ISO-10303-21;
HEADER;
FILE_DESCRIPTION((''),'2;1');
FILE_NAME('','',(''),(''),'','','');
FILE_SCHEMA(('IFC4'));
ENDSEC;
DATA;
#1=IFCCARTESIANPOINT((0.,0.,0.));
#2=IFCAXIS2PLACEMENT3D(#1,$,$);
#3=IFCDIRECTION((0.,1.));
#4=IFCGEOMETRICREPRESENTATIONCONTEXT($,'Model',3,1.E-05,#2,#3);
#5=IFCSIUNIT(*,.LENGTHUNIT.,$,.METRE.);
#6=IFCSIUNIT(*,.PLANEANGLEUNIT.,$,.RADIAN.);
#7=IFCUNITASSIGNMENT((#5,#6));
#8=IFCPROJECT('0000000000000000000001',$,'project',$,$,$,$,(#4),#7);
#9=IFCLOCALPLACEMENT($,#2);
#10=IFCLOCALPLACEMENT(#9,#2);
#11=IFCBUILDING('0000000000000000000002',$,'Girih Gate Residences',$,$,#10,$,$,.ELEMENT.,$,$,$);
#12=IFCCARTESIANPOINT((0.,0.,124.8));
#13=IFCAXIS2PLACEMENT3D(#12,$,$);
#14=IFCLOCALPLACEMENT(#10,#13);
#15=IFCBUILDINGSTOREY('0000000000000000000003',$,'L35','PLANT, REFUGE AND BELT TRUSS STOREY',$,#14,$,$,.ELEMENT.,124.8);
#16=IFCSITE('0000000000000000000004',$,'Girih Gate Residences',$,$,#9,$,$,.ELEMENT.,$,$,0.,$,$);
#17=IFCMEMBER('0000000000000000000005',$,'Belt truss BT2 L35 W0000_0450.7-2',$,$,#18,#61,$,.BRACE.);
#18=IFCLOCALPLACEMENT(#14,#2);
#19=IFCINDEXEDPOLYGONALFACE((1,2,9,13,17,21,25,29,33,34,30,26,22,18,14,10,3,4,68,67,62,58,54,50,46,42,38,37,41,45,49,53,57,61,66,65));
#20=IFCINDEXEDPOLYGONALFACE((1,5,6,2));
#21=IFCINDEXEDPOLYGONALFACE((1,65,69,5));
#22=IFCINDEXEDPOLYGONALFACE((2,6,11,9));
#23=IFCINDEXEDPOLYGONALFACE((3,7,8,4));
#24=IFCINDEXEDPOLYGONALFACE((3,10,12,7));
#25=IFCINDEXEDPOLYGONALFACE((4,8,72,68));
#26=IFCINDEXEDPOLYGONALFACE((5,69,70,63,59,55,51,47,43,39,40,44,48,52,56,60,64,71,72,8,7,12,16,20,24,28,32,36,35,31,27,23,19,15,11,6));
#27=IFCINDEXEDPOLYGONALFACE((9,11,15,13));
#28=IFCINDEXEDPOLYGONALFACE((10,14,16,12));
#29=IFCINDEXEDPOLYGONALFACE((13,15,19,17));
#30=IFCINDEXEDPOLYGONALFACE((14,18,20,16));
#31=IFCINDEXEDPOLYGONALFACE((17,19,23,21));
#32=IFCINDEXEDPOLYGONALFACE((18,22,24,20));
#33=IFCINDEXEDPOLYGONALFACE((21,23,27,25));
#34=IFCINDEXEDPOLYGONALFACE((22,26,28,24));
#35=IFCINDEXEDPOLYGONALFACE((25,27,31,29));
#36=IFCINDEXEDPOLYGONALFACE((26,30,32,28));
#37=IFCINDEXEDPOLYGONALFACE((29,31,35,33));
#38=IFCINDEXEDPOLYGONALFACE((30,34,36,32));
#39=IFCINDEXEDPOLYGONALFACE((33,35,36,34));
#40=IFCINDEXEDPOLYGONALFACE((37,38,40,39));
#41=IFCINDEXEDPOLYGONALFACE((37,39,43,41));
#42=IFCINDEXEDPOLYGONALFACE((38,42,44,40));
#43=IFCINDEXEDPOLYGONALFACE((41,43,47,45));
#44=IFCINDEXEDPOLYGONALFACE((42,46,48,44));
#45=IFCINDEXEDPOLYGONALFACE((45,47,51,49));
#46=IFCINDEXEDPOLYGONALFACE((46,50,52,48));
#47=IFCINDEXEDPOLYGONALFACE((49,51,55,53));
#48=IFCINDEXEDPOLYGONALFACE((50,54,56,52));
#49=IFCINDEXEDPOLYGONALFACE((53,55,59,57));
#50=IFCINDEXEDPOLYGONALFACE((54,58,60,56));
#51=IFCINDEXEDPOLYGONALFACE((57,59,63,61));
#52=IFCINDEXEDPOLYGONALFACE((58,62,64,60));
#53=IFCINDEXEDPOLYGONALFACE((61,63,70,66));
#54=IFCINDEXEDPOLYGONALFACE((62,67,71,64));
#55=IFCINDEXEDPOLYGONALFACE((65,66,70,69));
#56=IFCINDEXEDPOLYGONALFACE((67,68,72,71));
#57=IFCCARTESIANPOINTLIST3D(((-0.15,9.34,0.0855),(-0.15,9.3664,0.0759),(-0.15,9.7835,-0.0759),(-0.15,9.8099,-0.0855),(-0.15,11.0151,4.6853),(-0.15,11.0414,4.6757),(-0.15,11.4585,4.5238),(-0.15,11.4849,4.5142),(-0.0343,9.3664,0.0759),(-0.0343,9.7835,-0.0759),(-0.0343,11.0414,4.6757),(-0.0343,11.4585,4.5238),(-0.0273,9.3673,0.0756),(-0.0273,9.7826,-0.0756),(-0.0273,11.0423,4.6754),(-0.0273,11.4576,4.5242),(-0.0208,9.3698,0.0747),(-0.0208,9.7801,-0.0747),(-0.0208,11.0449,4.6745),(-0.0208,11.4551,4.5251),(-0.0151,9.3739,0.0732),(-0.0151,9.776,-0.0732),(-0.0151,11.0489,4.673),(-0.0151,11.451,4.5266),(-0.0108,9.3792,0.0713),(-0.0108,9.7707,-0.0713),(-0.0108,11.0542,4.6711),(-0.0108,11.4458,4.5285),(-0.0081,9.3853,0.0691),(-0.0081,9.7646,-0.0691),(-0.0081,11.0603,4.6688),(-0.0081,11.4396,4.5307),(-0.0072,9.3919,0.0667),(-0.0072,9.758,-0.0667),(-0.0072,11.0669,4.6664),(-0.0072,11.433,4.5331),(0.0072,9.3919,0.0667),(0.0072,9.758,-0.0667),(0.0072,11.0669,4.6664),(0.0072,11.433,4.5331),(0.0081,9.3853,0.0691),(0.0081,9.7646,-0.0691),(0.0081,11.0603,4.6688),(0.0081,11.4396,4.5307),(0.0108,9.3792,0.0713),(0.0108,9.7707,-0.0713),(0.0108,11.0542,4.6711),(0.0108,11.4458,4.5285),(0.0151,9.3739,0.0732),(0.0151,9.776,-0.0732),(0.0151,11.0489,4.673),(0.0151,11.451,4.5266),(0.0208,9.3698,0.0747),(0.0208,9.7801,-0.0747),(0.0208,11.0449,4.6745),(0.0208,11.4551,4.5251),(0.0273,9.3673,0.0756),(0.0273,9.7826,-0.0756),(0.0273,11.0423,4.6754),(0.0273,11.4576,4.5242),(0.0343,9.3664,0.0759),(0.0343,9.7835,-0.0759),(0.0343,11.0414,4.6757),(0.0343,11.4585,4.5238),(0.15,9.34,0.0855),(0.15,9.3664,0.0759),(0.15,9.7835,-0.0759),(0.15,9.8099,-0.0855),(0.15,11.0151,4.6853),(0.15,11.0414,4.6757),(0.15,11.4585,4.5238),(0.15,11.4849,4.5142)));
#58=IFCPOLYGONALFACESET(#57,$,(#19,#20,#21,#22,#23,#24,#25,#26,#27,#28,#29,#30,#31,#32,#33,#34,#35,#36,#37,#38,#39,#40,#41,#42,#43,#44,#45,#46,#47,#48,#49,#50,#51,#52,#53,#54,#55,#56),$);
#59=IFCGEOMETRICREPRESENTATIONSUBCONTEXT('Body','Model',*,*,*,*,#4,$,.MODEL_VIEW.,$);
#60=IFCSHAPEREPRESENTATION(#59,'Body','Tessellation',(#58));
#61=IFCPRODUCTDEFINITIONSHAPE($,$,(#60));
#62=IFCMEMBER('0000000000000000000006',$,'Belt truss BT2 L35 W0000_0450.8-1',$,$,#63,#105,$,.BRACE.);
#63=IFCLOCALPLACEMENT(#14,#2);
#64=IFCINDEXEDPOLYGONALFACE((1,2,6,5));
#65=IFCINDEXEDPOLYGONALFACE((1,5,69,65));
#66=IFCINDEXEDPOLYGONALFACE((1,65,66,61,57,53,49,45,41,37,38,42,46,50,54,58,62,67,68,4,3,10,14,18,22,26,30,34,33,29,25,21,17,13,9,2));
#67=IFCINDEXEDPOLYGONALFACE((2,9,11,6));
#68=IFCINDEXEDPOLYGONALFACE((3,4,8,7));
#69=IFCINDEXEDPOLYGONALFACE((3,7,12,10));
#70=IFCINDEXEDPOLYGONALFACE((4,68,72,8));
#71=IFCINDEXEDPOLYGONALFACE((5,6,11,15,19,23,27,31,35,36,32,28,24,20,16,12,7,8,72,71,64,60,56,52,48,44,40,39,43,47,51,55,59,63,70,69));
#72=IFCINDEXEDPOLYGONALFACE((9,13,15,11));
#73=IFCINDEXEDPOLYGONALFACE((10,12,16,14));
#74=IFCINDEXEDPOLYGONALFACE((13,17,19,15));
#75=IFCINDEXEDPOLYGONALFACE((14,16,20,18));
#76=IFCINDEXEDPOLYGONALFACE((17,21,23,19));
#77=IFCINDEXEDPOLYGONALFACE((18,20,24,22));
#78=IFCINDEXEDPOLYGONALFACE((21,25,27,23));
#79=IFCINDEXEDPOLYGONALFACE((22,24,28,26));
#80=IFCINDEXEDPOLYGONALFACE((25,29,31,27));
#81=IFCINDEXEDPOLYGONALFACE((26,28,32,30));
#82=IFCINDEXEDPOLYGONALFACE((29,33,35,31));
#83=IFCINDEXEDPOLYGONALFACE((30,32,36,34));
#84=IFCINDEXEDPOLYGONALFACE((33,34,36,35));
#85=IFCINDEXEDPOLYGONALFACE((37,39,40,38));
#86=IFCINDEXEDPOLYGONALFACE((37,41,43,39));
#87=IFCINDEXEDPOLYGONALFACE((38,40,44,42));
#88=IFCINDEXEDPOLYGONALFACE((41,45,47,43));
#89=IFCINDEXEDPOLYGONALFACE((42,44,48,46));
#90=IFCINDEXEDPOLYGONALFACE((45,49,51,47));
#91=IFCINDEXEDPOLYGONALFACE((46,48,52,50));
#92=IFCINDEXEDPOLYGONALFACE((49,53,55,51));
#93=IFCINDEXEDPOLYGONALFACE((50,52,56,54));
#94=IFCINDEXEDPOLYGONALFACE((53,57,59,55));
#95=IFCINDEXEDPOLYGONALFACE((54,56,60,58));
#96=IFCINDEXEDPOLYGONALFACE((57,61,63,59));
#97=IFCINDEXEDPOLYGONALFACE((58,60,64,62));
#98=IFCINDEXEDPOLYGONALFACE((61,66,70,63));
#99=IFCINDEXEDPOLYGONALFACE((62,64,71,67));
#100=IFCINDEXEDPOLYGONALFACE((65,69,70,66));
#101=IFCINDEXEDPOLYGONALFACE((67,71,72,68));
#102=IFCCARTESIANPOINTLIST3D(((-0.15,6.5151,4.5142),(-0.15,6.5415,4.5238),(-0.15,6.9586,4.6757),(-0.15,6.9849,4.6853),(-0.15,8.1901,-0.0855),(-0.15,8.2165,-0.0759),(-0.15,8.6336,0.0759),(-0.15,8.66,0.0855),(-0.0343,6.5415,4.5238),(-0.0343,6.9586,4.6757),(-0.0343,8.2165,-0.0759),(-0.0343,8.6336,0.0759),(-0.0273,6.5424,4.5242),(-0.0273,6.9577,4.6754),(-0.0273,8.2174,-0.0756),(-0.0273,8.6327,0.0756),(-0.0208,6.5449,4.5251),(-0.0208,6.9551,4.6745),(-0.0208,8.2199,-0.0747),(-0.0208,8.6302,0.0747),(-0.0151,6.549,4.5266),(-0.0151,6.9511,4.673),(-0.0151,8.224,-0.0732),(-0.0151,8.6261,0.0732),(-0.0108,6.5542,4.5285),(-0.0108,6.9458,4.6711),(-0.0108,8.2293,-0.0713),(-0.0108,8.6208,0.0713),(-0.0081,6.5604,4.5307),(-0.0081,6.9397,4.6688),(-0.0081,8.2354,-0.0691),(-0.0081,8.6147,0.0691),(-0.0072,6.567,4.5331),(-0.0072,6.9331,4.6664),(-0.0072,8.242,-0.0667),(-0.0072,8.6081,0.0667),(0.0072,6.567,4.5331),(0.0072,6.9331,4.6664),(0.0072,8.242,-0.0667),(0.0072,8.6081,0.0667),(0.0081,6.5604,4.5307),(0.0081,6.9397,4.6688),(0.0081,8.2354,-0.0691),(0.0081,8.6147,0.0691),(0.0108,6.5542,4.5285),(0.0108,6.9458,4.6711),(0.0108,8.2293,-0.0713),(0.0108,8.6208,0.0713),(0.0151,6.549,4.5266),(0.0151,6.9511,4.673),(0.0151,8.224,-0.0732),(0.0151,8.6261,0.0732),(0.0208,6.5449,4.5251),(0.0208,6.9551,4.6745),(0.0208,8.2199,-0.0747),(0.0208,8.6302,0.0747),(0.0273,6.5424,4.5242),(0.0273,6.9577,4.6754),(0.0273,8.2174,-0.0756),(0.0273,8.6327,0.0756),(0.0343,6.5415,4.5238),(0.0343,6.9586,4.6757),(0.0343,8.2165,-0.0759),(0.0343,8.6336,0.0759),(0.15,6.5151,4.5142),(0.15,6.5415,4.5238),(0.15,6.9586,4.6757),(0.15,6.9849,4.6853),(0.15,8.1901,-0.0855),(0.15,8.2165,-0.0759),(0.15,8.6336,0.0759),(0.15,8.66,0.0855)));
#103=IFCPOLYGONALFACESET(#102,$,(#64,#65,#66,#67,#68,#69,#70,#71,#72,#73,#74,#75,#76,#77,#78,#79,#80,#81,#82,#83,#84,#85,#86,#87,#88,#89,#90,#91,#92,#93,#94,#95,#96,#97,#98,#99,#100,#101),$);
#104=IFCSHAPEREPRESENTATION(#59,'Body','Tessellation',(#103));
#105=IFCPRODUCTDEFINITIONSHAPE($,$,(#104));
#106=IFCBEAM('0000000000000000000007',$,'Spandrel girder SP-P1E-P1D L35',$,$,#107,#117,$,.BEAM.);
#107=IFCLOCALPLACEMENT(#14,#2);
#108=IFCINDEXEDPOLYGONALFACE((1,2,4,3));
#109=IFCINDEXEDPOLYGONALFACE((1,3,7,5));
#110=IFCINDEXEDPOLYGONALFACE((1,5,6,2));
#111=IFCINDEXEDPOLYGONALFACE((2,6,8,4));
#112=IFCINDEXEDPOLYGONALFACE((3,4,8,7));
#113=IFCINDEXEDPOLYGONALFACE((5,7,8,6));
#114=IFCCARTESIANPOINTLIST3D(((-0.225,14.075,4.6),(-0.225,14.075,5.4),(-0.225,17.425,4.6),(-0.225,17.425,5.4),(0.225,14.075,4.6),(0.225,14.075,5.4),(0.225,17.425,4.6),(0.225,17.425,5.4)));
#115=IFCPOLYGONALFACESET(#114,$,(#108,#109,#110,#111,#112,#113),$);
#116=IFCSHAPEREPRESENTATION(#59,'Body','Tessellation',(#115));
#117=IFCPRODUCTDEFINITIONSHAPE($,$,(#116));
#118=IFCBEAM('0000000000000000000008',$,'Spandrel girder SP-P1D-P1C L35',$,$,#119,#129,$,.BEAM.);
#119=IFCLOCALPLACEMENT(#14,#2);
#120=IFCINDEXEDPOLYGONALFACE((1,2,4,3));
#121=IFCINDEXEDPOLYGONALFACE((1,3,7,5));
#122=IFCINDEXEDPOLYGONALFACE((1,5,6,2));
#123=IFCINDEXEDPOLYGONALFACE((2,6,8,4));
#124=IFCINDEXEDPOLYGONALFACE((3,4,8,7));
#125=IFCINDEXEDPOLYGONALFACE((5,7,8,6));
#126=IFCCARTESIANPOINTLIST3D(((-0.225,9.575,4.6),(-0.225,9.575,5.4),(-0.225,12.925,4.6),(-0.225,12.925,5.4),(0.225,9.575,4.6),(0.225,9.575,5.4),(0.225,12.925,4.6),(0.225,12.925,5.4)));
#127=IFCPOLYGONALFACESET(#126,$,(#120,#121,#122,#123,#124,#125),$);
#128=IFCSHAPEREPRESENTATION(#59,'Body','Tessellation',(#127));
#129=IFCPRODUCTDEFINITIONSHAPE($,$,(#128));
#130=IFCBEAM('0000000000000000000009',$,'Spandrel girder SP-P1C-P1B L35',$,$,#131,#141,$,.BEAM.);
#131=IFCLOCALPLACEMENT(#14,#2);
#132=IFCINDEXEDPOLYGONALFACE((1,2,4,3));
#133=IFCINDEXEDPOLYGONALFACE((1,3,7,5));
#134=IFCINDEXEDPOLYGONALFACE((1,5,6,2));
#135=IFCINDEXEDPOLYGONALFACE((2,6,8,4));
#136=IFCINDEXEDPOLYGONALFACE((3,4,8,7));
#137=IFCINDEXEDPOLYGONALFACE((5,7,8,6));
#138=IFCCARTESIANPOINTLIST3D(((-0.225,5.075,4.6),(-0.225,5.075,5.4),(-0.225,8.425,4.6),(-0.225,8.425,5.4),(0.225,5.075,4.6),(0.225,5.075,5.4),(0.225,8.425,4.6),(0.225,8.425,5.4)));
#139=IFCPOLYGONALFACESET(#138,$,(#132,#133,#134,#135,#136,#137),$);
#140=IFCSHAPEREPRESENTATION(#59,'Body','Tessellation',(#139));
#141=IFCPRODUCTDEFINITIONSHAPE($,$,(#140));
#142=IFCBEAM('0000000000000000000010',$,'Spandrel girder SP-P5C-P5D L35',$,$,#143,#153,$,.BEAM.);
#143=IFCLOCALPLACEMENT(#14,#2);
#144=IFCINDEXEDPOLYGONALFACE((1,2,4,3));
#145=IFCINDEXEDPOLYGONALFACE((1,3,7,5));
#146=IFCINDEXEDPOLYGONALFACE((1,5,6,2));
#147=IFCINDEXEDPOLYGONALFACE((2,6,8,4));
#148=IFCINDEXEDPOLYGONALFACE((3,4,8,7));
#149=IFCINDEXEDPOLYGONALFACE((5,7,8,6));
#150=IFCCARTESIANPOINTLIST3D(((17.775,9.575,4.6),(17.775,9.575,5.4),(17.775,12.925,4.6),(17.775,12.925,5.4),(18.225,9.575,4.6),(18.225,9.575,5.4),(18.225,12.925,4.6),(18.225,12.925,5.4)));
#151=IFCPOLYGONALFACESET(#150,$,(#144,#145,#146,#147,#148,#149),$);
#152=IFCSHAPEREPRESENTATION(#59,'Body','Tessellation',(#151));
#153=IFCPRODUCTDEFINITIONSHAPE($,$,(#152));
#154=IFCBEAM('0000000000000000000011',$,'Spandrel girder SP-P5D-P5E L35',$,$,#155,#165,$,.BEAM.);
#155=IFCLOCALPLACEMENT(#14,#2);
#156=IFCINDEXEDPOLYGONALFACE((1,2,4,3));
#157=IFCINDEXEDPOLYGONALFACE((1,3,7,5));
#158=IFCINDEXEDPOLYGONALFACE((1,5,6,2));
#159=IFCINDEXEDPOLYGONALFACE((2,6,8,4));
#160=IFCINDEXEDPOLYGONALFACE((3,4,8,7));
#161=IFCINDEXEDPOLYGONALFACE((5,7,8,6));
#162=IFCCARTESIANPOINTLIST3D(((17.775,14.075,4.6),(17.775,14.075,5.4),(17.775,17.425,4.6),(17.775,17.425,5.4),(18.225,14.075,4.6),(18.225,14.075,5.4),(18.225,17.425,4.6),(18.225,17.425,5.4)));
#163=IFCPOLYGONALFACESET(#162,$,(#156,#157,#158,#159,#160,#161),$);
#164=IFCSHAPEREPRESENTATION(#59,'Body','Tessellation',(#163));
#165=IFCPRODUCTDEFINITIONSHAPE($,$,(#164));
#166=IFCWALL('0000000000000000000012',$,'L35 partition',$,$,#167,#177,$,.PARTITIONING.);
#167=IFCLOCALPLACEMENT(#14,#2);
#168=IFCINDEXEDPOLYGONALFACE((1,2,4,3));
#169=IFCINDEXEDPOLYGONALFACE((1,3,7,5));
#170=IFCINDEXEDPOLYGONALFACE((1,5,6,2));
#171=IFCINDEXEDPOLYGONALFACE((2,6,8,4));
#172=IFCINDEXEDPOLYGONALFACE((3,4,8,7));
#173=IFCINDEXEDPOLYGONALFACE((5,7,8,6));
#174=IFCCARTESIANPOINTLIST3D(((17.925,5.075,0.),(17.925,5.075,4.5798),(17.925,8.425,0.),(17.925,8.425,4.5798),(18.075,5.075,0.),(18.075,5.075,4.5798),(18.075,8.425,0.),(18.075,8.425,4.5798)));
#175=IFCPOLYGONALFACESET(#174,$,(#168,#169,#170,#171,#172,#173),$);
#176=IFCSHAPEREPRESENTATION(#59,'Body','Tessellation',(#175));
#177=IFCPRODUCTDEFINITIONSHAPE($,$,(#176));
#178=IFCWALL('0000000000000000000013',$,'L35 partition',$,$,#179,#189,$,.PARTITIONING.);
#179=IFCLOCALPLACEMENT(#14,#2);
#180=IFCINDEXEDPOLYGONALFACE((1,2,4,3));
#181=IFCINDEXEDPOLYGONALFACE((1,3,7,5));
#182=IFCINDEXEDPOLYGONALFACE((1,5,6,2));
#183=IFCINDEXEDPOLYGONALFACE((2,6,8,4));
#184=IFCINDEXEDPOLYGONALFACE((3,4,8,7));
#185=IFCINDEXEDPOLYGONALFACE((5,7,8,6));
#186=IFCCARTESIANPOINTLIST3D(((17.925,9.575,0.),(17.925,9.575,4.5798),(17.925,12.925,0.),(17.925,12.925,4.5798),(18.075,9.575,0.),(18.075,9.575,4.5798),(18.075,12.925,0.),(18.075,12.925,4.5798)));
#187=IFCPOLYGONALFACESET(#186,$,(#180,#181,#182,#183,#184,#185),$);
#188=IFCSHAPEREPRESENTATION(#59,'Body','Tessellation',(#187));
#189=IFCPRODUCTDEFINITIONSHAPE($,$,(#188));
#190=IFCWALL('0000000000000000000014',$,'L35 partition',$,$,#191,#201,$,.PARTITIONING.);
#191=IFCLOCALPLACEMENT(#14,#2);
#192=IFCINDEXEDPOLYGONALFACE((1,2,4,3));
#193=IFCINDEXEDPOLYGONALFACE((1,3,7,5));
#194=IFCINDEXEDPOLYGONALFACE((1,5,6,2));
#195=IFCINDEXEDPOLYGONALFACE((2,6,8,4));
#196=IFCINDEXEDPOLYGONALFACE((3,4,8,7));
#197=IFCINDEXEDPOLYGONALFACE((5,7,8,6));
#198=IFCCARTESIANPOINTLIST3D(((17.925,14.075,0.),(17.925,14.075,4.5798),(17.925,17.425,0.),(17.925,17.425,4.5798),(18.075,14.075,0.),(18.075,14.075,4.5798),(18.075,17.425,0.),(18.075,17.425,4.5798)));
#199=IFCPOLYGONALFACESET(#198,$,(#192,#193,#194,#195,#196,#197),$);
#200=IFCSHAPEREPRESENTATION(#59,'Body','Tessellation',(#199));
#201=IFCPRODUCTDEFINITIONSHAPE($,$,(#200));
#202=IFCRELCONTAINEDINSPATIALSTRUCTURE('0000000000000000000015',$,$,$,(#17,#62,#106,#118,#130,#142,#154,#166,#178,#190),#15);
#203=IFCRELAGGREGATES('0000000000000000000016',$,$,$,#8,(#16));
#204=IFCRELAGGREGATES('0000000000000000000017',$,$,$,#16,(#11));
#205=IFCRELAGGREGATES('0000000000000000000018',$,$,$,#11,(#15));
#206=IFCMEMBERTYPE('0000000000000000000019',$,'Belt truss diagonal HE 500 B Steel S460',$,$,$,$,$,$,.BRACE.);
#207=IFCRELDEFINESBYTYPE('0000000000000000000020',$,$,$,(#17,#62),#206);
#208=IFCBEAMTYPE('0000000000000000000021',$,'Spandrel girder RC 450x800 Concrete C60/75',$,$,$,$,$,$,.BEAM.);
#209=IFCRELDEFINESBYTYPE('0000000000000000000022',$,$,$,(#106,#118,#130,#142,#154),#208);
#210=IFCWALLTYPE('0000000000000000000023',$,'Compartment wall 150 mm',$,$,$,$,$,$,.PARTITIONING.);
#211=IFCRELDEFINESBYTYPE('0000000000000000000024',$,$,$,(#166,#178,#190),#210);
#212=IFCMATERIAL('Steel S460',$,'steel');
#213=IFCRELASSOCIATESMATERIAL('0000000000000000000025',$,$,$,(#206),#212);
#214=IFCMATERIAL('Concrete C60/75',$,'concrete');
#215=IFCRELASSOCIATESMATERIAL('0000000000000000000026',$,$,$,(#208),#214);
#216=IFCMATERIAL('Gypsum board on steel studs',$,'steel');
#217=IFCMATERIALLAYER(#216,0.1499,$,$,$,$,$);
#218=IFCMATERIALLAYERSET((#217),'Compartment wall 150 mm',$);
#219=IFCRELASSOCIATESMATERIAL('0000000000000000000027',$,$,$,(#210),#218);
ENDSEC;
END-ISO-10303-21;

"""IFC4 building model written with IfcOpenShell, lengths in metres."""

from ifc_helpers import new_model, si_unit, direction, frame, frame_2d, origin, origin_2d, place, context, subcontext, project, spatial, rectangle, i_section, extrude, material, layer, layer_set, material_profile, profile_set, type_object, element, save


model = new_model("IFC4")

# Units and contexts
model_context = context("Model", 3, precision=1e-05, world=origin(), true_north=direction((0.0, 1.0)))
body_context = subcontext(model_context, "Body", "Model", "MODEL_VIEW")
ifc_project = project(units=[si_unit("LENGTHUNIT", "METRE"), si_unit("PLANEANGLEUNIT", "RADIAN")], contexts=[model_context])

# Site, building, storey
site_placement = place(None, origin())
site = spatial("IfcSite", under=ifc_project, at=site_placement, Name="Girih Gate Residences", CompositionType="ELEMENT", RefElevation=0.0)
building_placement = place(site_placement, origin())
building = spatial("IfcBuilding", under=site, at=building_placement, Name="Girih Gate Residences", CompositionType="ELEMENT")
storey_placement = place(building_placement, frame((0.0, 0.0, 124.8)))
storey = spatial("IfcBuildingStorey", under=building, at=storey_placement, Name="L35", Description="PLANT, REFUGE AND BELT TRUSS STOREY", CompositionType="ELEMENT", Elevation=124.8)

# Members
ifc_material_1 = material(Name="Steel S460", Category="steel")
ifc_material_profile_1 = material_profile(ifc_material_1, i_section(OverallWidth=0.3, OverallDepth=0.5, WebThickness=0.0144, FlangeThickness=0.0281, FilletRadius=0.0271, at=origin_2d()))
ifc_profile_set_1 = profile_set([ifc_material_profile_1], Name="Steel S460")
member_type = type_object("IfcMemberType", Name="Belt truss diagonal HE 500 B Steel S460", PredefinedType="BRACE", material=ifc_profile_set_1)
for number, where, z_axis, x_axis, name in (
    (1, (0.0, 9.575, 0.0), (0.0, 0.342171, 0.939638), (-1.0, 0.0, 0.0), "Belt truss BT2 L35 W0000_0450.7-2"),
    (2, (0.0, 8.425, 0.0), (0.0, -0.342171, 0.939638), (1.0, 0.0, 0.0), "Belt truss BT2 L35 W0000_0450.8-1"),
):
    element("IfcMember", number, at=place(storey_placement, frame(where, z_axis=z_axis, x_axis=x_axis)), inside=storey, type_object=member_type, Name=name, PredefinedType="BRACE", context=body_context, shape_type="SweptSolid", body=[
        extrude(i_section(OverallWidth=0.3, OverallDepth=0.5, WebThickness=0.0144, FlangeThickness=0.0281, FilletRadius=0.0271, at=origin_2d()), origin(), (0.0, 0.0, 1.0), 4.8953),
    ])

# Beams
ifc_material_2 = material(Name="Concrete C60/75", Category="concrete")
ifc_material_profile_2 = material_profile(ifc_material_2, rectangle(XDim=0.45, YDim=0.8, at=origin_2d()))
ifc_profile_set_2 = profile_set([ifc_material_profile_2], Name="Concrete C60/75")
beam_type = type_object("IfcBeamType", Name="Spandrel girder RC 450x800 Concrete C60/75", PredefinedType="BEAM", material=ifc_profile_set_2)
for number, where, z_axis, x_axis, name in (
    (3, (0.0, 17.425, 5.0), (0.0, -1.0, 0.0), (1.0, 0.0, 0.0), "Spandrel girder SP-P1E-P1D L35"),
    (4, (0.0, 12.925, 5.0), (0.0, -1.0, 0.0), (1.0, 0.0, 0.0), "Spandrel girder SP-P1D-P1C L35"),
    (5, (0.0, 8.425, 5.0), (0.0, -1.0, 0.0), (1.0, 0.0, 0.0), "Spandrel girder SP-P1C-P1B L35"),
    (6, (18.0, 9.575, 5.0), (0.0, 1.0, 0.0), (-1.0, 0.0, 0.0), "Spandrel girder SP-P5C-P5D L35"),
    (7, (18.0, 14.075, 5.0), (0.0, 1.0, 0.0), (-1.0, 0.0, 0.0), "Spandrel girder SP-P5D-P5E L35"),
):
    element("IfcBeam", number, at=place(storey_placement, frame(where, z_axis=z_axis, x_axis=x_axis)), inside=storey, type_object=beam_type, Name=name, PredefinedType="BEAM", context=body_context, shape_type="SweptSolid", body=[
        extrude(rectangle(XDim=0.45, YDim=0.8, at=origin_2d()), origin(), (0.0, 0.0, 1.0), 3.3501),
    ])

# Walls
ifc_material_3 = material(Name="Gypsum board on steel studs", Category="steel")
ifc_layer_1 = layer(ifc_material_3, 0.1499)
ifc_layer_set_1 = layer_set([ifc_layer_1], Name="Compartment wall 150 mm")
wall_type_1 = type_object("IfcWallType", Name="Compartment wall 150 mm", PredefinedType="PARTITIONING", material=ifc_layer_set_1)
for number, where, z_axis, x_axis, name in (
    (8, (18.0, 5.075, 0.0), (0.0, 0.0, 1.0), (0.0, 1.0, 0.0), "L35 partition"),
    (9, (18.0, 9.575, 0.0), (0.0, 0.0, 1.0), (0.0, 1.0, 0.0), "L35 partition"),
    (10, (18.0, 14.075, 0.0), (0.0, 0.0, 1.0), (0.0, 1.0, 0.0), "L35 partition"),
):
    element("IfcWall", number, at=place(storey_placement, frame(where, z_axis=z_axis, x_axis=x_axis)), inside=storey, type_object=wall_type_1, Name=name, PredefinedType="PARTITIONING", context=body_context, shape_type="SweptSolid", body=[
        extrude(rectangle(XDim=3.3501, YDim=0.1499, at=frame_2d((1.675, 0.0))), origin(), (0.0, 0.0, 1.0), 4.5798),
    ])

save(model, "model.ifc")
